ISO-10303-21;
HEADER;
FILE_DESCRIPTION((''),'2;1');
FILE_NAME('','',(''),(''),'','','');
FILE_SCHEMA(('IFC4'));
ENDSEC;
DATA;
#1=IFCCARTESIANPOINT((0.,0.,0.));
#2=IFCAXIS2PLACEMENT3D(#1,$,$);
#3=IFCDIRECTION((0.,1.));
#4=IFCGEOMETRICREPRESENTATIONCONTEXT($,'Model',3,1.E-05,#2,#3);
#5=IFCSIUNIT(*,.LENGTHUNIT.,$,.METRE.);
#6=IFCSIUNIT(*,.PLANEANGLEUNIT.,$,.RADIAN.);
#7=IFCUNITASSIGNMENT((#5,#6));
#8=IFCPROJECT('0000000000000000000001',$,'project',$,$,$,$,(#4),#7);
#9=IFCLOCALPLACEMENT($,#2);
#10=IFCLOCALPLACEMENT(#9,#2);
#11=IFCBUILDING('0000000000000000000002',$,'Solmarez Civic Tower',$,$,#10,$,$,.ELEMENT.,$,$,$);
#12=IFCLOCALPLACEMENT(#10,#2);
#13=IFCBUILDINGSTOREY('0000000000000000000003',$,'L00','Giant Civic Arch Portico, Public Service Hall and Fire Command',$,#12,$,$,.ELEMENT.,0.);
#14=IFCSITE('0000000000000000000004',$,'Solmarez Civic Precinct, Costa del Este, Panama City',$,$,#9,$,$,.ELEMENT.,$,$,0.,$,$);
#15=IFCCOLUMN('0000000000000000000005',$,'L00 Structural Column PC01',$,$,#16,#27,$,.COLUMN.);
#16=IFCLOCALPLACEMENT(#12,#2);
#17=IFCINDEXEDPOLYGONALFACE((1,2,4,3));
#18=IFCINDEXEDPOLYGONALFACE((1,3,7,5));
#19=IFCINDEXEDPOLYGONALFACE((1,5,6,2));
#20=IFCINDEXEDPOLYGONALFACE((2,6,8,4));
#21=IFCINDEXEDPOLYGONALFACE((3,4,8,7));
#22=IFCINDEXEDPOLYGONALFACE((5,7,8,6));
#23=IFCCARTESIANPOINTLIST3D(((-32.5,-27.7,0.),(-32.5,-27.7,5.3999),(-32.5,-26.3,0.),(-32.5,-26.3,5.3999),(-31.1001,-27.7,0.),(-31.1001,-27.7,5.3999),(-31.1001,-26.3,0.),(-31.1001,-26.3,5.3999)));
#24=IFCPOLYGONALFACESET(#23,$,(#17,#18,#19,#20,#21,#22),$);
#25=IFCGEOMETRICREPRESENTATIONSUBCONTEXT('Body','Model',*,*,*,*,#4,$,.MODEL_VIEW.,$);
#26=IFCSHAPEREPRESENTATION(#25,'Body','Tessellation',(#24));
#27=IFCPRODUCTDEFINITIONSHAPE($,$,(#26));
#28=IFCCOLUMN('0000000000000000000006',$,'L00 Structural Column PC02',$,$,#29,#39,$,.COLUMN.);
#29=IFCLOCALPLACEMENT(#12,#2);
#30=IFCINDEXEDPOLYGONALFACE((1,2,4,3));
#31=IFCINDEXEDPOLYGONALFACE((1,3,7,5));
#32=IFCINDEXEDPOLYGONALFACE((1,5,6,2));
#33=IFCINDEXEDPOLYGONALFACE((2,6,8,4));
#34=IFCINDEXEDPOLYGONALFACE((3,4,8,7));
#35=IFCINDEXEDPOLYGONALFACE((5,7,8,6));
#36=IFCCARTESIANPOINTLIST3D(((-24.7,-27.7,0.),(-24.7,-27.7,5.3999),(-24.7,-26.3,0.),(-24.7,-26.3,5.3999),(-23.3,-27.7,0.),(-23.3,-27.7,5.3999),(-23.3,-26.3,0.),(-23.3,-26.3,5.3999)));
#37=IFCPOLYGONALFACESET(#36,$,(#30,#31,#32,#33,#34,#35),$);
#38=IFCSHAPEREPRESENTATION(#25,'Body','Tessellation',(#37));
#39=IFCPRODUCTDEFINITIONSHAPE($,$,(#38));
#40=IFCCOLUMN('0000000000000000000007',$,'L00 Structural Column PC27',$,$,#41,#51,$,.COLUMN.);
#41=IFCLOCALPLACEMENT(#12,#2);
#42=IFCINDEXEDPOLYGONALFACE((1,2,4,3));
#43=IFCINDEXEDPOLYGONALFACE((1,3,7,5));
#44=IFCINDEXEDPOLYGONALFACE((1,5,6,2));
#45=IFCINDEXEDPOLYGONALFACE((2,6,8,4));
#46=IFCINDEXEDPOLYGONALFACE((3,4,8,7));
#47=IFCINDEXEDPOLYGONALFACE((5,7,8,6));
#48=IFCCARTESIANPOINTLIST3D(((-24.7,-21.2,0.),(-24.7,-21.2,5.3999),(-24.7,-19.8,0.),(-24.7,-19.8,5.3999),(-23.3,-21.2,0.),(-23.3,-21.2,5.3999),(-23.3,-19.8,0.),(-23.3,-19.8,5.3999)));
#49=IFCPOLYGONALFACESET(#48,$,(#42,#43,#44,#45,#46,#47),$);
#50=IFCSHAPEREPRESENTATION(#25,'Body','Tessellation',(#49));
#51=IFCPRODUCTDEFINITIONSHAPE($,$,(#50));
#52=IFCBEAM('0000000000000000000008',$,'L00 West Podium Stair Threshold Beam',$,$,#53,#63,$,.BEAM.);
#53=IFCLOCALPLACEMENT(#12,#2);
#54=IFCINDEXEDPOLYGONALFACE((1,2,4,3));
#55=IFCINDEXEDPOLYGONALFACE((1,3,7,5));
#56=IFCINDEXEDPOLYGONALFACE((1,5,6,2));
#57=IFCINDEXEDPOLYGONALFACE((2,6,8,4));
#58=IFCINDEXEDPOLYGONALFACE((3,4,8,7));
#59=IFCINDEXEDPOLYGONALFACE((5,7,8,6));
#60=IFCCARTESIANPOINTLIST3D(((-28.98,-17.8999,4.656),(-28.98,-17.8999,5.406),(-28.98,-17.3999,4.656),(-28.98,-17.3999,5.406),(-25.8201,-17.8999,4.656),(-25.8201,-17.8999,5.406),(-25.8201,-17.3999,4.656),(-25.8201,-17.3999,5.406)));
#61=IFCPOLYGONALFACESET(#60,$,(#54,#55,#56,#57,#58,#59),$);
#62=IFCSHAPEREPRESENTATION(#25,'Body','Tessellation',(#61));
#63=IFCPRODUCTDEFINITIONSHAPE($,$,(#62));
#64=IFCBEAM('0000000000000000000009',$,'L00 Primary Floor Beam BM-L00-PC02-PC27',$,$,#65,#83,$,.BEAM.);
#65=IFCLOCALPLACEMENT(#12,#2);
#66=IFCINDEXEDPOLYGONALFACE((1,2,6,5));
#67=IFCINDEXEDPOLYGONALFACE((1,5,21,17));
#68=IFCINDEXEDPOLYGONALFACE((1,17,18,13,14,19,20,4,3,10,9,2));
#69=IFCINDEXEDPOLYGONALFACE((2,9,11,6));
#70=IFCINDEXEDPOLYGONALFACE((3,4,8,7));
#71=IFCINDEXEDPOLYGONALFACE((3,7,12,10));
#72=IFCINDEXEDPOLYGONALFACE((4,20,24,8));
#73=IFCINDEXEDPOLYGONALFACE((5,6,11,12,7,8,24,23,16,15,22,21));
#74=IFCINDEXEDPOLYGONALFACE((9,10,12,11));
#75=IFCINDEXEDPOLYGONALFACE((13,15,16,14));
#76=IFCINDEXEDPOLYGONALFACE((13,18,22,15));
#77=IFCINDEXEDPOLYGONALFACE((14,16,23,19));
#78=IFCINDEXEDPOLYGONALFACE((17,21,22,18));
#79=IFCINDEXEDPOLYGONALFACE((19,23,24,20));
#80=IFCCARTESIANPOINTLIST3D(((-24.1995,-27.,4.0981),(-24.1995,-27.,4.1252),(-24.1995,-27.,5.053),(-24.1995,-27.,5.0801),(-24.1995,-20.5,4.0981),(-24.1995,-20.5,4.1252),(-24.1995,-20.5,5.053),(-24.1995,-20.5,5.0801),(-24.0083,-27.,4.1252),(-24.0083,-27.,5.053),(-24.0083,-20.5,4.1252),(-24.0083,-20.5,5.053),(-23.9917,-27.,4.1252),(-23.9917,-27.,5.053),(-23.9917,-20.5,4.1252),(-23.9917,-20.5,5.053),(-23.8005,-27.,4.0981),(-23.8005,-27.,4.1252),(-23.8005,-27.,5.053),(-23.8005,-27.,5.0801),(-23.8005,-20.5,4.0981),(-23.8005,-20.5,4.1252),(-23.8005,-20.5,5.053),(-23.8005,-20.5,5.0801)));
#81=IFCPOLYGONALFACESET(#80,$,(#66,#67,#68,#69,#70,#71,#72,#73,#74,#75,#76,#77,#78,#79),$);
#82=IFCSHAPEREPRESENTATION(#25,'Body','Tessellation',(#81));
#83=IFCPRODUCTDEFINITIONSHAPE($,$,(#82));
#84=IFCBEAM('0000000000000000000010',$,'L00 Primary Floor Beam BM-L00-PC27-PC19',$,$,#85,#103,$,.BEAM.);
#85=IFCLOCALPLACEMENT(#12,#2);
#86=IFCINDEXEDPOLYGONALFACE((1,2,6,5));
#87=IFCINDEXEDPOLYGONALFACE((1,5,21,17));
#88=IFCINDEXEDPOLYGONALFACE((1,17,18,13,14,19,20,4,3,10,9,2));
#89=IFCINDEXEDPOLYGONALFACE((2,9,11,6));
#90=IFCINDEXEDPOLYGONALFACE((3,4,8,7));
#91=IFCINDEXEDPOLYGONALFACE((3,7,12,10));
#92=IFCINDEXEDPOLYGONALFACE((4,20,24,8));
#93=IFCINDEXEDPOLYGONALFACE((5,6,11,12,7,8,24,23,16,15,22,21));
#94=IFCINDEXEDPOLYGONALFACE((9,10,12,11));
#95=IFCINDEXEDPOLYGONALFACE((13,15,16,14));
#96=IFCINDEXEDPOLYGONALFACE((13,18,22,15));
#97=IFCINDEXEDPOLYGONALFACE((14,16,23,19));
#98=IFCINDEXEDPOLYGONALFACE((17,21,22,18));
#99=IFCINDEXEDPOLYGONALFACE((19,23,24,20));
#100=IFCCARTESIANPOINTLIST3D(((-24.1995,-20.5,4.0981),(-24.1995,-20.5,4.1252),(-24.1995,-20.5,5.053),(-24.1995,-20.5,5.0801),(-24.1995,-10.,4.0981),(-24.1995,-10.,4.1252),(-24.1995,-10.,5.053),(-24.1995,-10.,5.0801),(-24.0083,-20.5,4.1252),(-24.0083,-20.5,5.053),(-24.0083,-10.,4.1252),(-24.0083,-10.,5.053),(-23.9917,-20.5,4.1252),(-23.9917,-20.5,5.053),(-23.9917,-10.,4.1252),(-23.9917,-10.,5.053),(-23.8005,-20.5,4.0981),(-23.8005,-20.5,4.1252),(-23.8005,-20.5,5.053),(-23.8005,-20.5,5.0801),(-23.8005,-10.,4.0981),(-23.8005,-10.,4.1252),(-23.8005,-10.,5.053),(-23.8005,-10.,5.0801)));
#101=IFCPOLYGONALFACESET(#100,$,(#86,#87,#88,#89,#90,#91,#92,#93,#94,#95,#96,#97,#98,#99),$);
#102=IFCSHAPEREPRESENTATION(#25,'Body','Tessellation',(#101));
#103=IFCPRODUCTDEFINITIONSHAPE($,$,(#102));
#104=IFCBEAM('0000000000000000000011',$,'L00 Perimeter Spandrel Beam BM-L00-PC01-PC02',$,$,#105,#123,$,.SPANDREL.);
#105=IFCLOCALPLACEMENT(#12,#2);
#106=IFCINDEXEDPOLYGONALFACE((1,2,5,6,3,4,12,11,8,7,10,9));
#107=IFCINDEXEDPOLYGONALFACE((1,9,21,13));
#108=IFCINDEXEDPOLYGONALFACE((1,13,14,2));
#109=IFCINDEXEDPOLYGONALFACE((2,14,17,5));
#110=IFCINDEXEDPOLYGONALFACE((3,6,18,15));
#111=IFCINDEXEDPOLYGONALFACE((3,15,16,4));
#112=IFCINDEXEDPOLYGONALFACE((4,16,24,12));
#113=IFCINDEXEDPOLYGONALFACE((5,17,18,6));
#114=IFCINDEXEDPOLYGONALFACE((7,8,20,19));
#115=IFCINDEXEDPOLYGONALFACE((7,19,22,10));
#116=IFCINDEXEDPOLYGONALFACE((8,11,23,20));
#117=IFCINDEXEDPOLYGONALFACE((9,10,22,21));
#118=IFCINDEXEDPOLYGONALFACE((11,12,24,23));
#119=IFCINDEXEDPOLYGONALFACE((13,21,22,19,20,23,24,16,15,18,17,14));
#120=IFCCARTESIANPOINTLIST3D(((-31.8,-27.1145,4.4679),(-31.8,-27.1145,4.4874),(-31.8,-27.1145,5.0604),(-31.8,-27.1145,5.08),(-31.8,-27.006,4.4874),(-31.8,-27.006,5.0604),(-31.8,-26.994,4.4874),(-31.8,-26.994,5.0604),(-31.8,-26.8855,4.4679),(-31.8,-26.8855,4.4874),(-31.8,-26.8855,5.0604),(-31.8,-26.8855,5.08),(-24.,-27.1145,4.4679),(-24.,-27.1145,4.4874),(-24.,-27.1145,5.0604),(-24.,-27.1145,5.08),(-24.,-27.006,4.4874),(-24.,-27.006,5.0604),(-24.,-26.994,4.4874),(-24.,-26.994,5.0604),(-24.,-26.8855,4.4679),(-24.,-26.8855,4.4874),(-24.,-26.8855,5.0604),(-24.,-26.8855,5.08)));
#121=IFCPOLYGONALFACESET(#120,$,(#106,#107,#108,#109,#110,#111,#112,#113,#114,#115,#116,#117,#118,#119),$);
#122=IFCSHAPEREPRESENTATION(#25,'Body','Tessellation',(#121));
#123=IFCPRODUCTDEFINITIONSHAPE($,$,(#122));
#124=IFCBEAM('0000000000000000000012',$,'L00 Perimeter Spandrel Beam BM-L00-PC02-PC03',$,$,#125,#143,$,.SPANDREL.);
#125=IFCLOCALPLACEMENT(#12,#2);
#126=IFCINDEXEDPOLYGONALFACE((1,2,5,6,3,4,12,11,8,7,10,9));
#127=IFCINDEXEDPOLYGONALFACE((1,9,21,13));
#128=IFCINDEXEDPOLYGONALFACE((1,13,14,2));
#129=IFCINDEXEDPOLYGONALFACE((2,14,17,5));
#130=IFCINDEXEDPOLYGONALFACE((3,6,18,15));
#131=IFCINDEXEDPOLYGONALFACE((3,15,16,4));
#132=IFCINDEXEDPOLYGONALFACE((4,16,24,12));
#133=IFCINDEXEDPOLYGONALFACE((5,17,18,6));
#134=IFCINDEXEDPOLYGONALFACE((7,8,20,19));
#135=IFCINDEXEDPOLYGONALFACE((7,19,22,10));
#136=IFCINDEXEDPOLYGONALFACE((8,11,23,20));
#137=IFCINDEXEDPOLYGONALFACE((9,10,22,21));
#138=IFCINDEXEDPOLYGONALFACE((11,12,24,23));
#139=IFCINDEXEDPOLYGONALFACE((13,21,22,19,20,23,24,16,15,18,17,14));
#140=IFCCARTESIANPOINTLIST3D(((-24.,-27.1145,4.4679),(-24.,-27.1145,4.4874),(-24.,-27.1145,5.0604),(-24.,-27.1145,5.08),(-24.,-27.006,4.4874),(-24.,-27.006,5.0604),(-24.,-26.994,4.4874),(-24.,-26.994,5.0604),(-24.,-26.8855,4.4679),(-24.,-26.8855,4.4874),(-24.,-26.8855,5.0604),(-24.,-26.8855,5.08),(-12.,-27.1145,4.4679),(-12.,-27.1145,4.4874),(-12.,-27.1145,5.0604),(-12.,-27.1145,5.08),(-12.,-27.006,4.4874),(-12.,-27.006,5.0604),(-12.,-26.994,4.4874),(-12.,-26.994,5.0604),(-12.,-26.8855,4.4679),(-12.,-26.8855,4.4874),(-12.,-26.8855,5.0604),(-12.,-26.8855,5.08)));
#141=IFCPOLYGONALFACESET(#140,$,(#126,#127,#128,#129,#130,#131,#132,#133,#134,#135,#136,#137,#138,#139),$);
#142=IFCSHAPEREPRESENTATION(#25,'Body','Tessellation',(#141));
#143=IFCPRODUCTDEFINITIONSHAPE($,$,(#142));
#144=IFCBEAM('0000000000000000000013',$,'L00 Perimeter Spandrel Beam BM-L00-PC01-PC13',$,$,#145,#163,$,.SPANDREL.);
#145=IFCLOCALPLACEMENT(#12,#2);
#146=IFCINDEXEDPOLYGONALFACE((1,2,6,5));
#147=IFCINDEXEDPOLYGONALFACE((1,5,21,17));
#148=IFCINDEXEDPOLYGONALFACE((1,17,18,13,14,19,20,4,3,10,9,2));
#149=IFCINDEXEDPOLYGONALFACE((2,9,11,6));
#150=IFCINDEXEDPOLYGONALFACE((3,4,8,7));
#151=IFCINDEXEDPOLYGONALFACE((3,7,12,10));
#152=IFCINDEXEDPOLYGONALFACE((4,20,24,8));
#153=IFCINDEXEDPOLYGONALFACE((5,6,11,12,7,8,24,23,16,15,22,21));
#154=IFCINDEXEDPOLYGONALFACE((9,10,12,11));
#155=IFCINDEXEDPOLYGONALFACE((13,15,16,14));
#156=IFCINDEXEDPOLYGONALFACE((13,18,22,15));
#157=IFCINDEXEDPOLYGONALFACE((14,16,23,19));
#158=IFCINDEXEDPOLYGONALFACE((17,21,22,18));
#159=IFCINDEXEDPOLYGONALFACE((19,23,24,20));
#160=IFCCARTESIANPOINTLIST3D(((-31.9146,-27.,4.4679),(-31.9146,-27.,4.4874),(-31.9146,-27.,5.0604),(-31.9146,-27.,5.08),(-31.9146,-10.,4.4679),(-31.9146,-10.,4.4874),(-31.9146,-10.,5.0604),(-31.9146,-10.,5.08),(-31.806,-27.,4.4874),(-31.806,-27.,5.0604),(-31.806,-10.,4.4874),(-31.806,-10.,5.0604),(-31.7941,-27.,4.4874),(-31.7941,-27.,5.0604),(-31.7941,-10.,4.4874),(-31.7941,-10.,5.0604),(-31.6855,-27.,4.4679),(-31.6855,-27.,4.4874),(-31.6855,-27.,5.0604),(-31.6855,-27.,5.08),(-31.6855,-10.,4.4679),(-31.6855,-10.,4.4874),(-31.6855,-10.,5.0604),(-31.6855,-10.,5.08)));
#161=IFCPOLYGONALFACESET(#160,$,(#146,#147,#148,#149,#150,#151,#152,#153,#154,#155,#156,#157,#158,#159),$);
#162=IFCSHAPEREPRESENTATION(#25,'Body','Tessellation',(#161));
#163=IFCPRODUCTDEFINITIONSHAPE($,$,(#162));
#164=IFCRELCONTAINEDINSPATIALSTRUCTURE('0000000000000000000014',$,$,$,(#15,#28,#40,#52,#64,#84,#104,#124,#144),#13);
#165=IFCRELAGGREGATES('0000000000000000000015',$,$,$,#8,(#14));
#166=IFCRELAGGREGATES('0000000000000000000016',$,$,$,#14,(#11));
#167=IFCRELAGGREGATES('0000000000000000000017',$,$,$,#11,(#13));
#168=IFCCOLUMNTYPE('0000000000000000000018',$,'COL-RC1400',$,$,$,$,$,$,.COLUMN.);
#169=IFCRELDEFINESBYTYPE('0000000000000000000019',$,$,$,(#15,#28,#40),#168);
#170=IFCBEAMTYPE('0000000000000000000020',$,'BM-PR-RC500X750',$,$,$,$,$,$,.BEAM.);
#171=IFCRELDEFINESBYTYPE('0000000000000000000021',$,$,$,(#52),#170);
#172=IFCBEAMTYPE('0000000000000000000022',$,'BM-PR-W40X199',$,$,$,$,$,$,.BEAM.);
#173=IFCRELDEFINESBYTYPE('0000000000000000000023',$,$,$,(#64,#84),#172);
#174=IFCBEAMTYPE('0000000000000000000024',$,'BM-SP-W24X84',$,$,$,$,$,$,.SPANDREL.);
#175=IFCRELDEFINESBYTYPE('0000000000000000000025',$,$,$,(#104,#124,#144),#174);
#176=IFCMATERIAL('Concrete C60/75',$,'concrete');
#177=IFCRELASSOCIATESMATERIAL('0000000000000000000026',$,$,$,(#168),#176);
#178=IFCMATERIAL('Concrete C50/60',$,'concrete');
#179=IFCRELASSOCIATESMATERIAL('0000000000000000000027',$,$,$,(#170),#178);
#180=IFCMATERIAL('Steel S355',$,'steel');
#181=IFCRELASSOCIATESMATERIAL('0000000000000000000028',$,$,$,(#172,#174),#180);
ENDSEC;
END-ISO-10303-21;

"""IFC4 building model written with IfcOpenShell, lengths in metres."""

from ifc_helpers import new_model, si_unit, direction, frame, origin, origin_2d, place, context, subcontext, project, spatial, rectangle, i_section, extrude, material, material_profile, profile_set, type_object, element, save


model = new_model("IFC4")

# Units and contexts
model_context = context("Model", 3, precision=1e-05, world=origin(), true_north=direction((0.0, 1.0)))
body_context = subcontext(model_context, "Body", "Model", "MODEL_VIEW")
ifc_project = project(units=[si_unit("LENGTHUNIT", "METRE"), si_unit("PLANEANGLEUNIT", "RADIAN")], contexts=[model_context])

# Site, building, storey
site_placement = place(None, origin())
site = spatial("IfcSite", under=ifc_project, at=site_placement, Name="Solmarez Civic Precinct, Costa del Este, Panama City", CompositionType="ELEMENT", RefElevation=0.0)
building_placement = place(site_placement, origin())
building = spatial("IfcBuilding", under=site, at=building_placement, Name="Solmarez Civic Tower", CompositionType="ELEMENT")
storey_placement = place(building_placement, origin())
storey = spatial("IfcBuildingStorey", under=building, at=storey_placement, Name="L00", Description="Giant Civic Arch Portico, Public Service Hall and Fire Command", CompositionType="ELEMENT", Elevation=0.0)

# Columns
ifc_material_1 = material(Name="Concrete C60/75", Category="concrete")
ifc_material_profile_1 = material_profile(ifc_material_1, rectangle(XDim=1.3999, YDim=1.3999, at=origin_2d()), Name="RC1400X1400")
ifc_profile_set_1 = profile_set([ifc_material_profile_1], Name="Concrete C60/75")
column_type = type_object("IfcColumnType", Name="COL-RC1400", PredefinedType="COLUMN", material=ifc_profile_set_1)
for number, where, z_axis, x_axis, name in (
    (1, (-31.8, -27.0, 0.0), (0.0, 0.0, 1.0), (1.0, 0.0, 0.0), "L00 Structural Column PC01"),
    (2, (-24.0, -27.0, 0.0), (0.0, 0.0, 1.0), (1.0, 0.0, 0.0), "L00 Structural Column PC02"),
    (3, (-24.0, -20.5, 0.0), (0.0, 0.0, 1.0), (1.0, 0.0, 0.0), "L00 Structural Column PC27"),
):
    element("IfcColumn", number, at=place(storey_placement, frame(where, z_axis=z_axis, x_axis=x_axis)), inside=storey, type_object=column_type, Name=name, PredefinedType="COLUMN", context=body_context, shape_type="SweptSolid", body=[
        extrude(rectangle(XDim=1.3999, YDim=1.3999, at=origin_2d()), origin(), (0.0, 0.0, 1.0), 5.3999),
    ])

# Beams
ifc_material_2 = material(Name="Concrete C50/60", Category="concrete")
ifc_material_profile_2 = material_profile(ifc_material_2, rectangle(XDim=0.5, YDim=0.75, at=origin_2d()), Name="RC500X750")
ifc_profile_set_2 = profile_set([ifc_material_profile_2], Name="Concrete C50/60")
beam_type_1 = type_object("IfcBeamType", Name="BM-PR-RC500X750", PredefinedType="BEAM", material=ifc_profile_set_2)
beam_1_placement = place(storey_placement, frame((-28.98, -17.6499, 5.031), z_axis=(1.0, 0.0, 0.0), x_axis=(0.0, 1.0, 0.0)))
element("IfcBeam", 4, at=beam_1_placement, inside=storey, type_object=beam_type_1, Name="L00 West Podium Stair Threshold Beam", PredefinedType="BEAM", context=body_context, shape_type="SweptSolid", body=[
    extrude(rectangle(XDim=0.5, YDim=0.75, at=origin_2d()), origin(), (0.0, 0.0, 1.0), 3.1599),
])
ifc_material_3 = material(Name="Steel S355", Category="steel")
ifc_material_profile_3 = material_profile(ifc_material_3, i_section(OverallWidth=0.3989, OverallDepth=0.9819, WebThickness=0.0166, FlangeThickness=0.0271, at=origin_2d()), Name="W40X199")
ifc_profile_set_3 = profile_set([ifc_material_profile_3], Name="Steel S355")
beam_type_2 = type_object("IfcBeamType", Name="BM-PR-W40X199", PredefinedType="BEAM", material=ifc_profile_set_3)
beam_2_placement = place(storey_placement, frame((-24.0, -27.0, 4.5891), z_axis=(0.0, 1.0, 0.0), x_axis=(-1.0, 0.0, 0.0)))
element("IfcBeam", 5, at=beam_2_placement, inside=storey, type_object=beam_type_2, Name="L00 Primary Floor Beam BM-L00-PC02-PC27", PredefinedType="BEAM", context=body_context, shape_type="SweptSolid", body=[
    extrude(i_section(OverallWidth=0.3989, OverallDepth=0.9819, WebThickness=0.0166, FlangeThickness=0.0271, at=origin_2d()), origin(), (0.0, 0.0, 1.0), 6.5),
])
beam_3_placement = place(storey_placement, frame((-24.0, -20.5, 4.5891), z_axis=(0.0, 1.0, 0.0), x_axis=(-1.0, 0.0, 0.0)))
element("IfcBeam", 6, at=beam_3_placement, inside=storey, type_object=beam_type_2, Name="L00 Primary Floor Beam BM-L00-PC27-PC19", PredefinedType="BEAM", context=body_context, shape_type="SweptSolid", body=[
    extrude(i_section(OverallWidth=0.3989, OverallDepth=0.9819, WebThickness=0.0166, FlangeThickness=0.0271, at=origin_2d()), origin(), (0.0, 0.0, 1.0), 10.5),
])
ifc_material_profile_4 = material_profile(ifc_material_3, i_section(OverallWidth=0.229, OverallDepth=0.6121, WebThickness=0.012, FlangeThickness=0.0195, at=origin_2d()), Name="W24X84")
ifc_profile_set_4 = profile_set([ifc_material_profile_4], Name="Steel S355")
beam_type_3 = type_object("IfcBeamType", Name="BM-SP-W24X84", PredefinedType="SPANDREL", material=ifc_profile_set_4)
beam_4_placement = place(storey_placement, frame((-31.8, -27.0, 4.7739), z_axis=(1.0, 0.0, 0.0), x_axis=(0.0, 1.0, 0.0)))
element("IfcBeam", 7, at=beam_4_placement, inside=storey, type_object=beam_type_3, Name="L00 Perimeter Spandrel Beam BM-L00-PC01-PC02", PredefinedType="SPANDREL", context=body_context, shape_type="SweptSolid", body=[
    extrude(i_section(OverallWidth=0.229, OverallDepth=0.6121, WebThickness=0.012, FlangeThickness=0.0195, at=origin_2d()), origin(), (0.0, 0.0, 1.0), 7.8),
])
beam_5_placement = place(storey_placement, frame((-24.0, -27.0, 4.7739), z_axis=(1.0, 0.0, 0.0), x_axis=(0.0, 1.0, 0.0)))
element("IfcBeam", 8, at=beam_5_placement, inside=storey, type_object=beam_type_3, Name="L00 Perimeter Spandrel Beam BM-L00-PC02-PC03", PredefinedType="SPANDREL", context=body_context, shape_type="SweptSolid", body=[
    extrude(i_section(OverallWidth=0.229, OverallDepth=0.6121, WebThickness=0.012, FlangeThickness=0.0195, at=origin_2d()), origin(), (0.0, 0.0, 1.0), 12.0),
])
beam_6_placement = place(storey_placement, frame((-31.8, -27.0, 4.7739), z_axis=(0.0, 1.0, 0.0), x_axis=(-1.0, 0.0, 0.0)))
element("IfcBeam", 9, at=beam_6_placement, inside=storey, type_object=beam_type_3, Name="L00 Perimeter Spandrel Beam BM-L00-PC01-PC13", PredefinedType="SPANDREL", context=body_context, shape_type="SweptSolid", body=[
    extrude(i_section(OverallWidth=0.229, OverallDepth=0.6121, WebThickness=0.012, FlangeThickness=0.0195, at=origin_2d()), origin(), (0.0, 0.0, 1.0), 17.0),
])

save(model, "model.ifc")
